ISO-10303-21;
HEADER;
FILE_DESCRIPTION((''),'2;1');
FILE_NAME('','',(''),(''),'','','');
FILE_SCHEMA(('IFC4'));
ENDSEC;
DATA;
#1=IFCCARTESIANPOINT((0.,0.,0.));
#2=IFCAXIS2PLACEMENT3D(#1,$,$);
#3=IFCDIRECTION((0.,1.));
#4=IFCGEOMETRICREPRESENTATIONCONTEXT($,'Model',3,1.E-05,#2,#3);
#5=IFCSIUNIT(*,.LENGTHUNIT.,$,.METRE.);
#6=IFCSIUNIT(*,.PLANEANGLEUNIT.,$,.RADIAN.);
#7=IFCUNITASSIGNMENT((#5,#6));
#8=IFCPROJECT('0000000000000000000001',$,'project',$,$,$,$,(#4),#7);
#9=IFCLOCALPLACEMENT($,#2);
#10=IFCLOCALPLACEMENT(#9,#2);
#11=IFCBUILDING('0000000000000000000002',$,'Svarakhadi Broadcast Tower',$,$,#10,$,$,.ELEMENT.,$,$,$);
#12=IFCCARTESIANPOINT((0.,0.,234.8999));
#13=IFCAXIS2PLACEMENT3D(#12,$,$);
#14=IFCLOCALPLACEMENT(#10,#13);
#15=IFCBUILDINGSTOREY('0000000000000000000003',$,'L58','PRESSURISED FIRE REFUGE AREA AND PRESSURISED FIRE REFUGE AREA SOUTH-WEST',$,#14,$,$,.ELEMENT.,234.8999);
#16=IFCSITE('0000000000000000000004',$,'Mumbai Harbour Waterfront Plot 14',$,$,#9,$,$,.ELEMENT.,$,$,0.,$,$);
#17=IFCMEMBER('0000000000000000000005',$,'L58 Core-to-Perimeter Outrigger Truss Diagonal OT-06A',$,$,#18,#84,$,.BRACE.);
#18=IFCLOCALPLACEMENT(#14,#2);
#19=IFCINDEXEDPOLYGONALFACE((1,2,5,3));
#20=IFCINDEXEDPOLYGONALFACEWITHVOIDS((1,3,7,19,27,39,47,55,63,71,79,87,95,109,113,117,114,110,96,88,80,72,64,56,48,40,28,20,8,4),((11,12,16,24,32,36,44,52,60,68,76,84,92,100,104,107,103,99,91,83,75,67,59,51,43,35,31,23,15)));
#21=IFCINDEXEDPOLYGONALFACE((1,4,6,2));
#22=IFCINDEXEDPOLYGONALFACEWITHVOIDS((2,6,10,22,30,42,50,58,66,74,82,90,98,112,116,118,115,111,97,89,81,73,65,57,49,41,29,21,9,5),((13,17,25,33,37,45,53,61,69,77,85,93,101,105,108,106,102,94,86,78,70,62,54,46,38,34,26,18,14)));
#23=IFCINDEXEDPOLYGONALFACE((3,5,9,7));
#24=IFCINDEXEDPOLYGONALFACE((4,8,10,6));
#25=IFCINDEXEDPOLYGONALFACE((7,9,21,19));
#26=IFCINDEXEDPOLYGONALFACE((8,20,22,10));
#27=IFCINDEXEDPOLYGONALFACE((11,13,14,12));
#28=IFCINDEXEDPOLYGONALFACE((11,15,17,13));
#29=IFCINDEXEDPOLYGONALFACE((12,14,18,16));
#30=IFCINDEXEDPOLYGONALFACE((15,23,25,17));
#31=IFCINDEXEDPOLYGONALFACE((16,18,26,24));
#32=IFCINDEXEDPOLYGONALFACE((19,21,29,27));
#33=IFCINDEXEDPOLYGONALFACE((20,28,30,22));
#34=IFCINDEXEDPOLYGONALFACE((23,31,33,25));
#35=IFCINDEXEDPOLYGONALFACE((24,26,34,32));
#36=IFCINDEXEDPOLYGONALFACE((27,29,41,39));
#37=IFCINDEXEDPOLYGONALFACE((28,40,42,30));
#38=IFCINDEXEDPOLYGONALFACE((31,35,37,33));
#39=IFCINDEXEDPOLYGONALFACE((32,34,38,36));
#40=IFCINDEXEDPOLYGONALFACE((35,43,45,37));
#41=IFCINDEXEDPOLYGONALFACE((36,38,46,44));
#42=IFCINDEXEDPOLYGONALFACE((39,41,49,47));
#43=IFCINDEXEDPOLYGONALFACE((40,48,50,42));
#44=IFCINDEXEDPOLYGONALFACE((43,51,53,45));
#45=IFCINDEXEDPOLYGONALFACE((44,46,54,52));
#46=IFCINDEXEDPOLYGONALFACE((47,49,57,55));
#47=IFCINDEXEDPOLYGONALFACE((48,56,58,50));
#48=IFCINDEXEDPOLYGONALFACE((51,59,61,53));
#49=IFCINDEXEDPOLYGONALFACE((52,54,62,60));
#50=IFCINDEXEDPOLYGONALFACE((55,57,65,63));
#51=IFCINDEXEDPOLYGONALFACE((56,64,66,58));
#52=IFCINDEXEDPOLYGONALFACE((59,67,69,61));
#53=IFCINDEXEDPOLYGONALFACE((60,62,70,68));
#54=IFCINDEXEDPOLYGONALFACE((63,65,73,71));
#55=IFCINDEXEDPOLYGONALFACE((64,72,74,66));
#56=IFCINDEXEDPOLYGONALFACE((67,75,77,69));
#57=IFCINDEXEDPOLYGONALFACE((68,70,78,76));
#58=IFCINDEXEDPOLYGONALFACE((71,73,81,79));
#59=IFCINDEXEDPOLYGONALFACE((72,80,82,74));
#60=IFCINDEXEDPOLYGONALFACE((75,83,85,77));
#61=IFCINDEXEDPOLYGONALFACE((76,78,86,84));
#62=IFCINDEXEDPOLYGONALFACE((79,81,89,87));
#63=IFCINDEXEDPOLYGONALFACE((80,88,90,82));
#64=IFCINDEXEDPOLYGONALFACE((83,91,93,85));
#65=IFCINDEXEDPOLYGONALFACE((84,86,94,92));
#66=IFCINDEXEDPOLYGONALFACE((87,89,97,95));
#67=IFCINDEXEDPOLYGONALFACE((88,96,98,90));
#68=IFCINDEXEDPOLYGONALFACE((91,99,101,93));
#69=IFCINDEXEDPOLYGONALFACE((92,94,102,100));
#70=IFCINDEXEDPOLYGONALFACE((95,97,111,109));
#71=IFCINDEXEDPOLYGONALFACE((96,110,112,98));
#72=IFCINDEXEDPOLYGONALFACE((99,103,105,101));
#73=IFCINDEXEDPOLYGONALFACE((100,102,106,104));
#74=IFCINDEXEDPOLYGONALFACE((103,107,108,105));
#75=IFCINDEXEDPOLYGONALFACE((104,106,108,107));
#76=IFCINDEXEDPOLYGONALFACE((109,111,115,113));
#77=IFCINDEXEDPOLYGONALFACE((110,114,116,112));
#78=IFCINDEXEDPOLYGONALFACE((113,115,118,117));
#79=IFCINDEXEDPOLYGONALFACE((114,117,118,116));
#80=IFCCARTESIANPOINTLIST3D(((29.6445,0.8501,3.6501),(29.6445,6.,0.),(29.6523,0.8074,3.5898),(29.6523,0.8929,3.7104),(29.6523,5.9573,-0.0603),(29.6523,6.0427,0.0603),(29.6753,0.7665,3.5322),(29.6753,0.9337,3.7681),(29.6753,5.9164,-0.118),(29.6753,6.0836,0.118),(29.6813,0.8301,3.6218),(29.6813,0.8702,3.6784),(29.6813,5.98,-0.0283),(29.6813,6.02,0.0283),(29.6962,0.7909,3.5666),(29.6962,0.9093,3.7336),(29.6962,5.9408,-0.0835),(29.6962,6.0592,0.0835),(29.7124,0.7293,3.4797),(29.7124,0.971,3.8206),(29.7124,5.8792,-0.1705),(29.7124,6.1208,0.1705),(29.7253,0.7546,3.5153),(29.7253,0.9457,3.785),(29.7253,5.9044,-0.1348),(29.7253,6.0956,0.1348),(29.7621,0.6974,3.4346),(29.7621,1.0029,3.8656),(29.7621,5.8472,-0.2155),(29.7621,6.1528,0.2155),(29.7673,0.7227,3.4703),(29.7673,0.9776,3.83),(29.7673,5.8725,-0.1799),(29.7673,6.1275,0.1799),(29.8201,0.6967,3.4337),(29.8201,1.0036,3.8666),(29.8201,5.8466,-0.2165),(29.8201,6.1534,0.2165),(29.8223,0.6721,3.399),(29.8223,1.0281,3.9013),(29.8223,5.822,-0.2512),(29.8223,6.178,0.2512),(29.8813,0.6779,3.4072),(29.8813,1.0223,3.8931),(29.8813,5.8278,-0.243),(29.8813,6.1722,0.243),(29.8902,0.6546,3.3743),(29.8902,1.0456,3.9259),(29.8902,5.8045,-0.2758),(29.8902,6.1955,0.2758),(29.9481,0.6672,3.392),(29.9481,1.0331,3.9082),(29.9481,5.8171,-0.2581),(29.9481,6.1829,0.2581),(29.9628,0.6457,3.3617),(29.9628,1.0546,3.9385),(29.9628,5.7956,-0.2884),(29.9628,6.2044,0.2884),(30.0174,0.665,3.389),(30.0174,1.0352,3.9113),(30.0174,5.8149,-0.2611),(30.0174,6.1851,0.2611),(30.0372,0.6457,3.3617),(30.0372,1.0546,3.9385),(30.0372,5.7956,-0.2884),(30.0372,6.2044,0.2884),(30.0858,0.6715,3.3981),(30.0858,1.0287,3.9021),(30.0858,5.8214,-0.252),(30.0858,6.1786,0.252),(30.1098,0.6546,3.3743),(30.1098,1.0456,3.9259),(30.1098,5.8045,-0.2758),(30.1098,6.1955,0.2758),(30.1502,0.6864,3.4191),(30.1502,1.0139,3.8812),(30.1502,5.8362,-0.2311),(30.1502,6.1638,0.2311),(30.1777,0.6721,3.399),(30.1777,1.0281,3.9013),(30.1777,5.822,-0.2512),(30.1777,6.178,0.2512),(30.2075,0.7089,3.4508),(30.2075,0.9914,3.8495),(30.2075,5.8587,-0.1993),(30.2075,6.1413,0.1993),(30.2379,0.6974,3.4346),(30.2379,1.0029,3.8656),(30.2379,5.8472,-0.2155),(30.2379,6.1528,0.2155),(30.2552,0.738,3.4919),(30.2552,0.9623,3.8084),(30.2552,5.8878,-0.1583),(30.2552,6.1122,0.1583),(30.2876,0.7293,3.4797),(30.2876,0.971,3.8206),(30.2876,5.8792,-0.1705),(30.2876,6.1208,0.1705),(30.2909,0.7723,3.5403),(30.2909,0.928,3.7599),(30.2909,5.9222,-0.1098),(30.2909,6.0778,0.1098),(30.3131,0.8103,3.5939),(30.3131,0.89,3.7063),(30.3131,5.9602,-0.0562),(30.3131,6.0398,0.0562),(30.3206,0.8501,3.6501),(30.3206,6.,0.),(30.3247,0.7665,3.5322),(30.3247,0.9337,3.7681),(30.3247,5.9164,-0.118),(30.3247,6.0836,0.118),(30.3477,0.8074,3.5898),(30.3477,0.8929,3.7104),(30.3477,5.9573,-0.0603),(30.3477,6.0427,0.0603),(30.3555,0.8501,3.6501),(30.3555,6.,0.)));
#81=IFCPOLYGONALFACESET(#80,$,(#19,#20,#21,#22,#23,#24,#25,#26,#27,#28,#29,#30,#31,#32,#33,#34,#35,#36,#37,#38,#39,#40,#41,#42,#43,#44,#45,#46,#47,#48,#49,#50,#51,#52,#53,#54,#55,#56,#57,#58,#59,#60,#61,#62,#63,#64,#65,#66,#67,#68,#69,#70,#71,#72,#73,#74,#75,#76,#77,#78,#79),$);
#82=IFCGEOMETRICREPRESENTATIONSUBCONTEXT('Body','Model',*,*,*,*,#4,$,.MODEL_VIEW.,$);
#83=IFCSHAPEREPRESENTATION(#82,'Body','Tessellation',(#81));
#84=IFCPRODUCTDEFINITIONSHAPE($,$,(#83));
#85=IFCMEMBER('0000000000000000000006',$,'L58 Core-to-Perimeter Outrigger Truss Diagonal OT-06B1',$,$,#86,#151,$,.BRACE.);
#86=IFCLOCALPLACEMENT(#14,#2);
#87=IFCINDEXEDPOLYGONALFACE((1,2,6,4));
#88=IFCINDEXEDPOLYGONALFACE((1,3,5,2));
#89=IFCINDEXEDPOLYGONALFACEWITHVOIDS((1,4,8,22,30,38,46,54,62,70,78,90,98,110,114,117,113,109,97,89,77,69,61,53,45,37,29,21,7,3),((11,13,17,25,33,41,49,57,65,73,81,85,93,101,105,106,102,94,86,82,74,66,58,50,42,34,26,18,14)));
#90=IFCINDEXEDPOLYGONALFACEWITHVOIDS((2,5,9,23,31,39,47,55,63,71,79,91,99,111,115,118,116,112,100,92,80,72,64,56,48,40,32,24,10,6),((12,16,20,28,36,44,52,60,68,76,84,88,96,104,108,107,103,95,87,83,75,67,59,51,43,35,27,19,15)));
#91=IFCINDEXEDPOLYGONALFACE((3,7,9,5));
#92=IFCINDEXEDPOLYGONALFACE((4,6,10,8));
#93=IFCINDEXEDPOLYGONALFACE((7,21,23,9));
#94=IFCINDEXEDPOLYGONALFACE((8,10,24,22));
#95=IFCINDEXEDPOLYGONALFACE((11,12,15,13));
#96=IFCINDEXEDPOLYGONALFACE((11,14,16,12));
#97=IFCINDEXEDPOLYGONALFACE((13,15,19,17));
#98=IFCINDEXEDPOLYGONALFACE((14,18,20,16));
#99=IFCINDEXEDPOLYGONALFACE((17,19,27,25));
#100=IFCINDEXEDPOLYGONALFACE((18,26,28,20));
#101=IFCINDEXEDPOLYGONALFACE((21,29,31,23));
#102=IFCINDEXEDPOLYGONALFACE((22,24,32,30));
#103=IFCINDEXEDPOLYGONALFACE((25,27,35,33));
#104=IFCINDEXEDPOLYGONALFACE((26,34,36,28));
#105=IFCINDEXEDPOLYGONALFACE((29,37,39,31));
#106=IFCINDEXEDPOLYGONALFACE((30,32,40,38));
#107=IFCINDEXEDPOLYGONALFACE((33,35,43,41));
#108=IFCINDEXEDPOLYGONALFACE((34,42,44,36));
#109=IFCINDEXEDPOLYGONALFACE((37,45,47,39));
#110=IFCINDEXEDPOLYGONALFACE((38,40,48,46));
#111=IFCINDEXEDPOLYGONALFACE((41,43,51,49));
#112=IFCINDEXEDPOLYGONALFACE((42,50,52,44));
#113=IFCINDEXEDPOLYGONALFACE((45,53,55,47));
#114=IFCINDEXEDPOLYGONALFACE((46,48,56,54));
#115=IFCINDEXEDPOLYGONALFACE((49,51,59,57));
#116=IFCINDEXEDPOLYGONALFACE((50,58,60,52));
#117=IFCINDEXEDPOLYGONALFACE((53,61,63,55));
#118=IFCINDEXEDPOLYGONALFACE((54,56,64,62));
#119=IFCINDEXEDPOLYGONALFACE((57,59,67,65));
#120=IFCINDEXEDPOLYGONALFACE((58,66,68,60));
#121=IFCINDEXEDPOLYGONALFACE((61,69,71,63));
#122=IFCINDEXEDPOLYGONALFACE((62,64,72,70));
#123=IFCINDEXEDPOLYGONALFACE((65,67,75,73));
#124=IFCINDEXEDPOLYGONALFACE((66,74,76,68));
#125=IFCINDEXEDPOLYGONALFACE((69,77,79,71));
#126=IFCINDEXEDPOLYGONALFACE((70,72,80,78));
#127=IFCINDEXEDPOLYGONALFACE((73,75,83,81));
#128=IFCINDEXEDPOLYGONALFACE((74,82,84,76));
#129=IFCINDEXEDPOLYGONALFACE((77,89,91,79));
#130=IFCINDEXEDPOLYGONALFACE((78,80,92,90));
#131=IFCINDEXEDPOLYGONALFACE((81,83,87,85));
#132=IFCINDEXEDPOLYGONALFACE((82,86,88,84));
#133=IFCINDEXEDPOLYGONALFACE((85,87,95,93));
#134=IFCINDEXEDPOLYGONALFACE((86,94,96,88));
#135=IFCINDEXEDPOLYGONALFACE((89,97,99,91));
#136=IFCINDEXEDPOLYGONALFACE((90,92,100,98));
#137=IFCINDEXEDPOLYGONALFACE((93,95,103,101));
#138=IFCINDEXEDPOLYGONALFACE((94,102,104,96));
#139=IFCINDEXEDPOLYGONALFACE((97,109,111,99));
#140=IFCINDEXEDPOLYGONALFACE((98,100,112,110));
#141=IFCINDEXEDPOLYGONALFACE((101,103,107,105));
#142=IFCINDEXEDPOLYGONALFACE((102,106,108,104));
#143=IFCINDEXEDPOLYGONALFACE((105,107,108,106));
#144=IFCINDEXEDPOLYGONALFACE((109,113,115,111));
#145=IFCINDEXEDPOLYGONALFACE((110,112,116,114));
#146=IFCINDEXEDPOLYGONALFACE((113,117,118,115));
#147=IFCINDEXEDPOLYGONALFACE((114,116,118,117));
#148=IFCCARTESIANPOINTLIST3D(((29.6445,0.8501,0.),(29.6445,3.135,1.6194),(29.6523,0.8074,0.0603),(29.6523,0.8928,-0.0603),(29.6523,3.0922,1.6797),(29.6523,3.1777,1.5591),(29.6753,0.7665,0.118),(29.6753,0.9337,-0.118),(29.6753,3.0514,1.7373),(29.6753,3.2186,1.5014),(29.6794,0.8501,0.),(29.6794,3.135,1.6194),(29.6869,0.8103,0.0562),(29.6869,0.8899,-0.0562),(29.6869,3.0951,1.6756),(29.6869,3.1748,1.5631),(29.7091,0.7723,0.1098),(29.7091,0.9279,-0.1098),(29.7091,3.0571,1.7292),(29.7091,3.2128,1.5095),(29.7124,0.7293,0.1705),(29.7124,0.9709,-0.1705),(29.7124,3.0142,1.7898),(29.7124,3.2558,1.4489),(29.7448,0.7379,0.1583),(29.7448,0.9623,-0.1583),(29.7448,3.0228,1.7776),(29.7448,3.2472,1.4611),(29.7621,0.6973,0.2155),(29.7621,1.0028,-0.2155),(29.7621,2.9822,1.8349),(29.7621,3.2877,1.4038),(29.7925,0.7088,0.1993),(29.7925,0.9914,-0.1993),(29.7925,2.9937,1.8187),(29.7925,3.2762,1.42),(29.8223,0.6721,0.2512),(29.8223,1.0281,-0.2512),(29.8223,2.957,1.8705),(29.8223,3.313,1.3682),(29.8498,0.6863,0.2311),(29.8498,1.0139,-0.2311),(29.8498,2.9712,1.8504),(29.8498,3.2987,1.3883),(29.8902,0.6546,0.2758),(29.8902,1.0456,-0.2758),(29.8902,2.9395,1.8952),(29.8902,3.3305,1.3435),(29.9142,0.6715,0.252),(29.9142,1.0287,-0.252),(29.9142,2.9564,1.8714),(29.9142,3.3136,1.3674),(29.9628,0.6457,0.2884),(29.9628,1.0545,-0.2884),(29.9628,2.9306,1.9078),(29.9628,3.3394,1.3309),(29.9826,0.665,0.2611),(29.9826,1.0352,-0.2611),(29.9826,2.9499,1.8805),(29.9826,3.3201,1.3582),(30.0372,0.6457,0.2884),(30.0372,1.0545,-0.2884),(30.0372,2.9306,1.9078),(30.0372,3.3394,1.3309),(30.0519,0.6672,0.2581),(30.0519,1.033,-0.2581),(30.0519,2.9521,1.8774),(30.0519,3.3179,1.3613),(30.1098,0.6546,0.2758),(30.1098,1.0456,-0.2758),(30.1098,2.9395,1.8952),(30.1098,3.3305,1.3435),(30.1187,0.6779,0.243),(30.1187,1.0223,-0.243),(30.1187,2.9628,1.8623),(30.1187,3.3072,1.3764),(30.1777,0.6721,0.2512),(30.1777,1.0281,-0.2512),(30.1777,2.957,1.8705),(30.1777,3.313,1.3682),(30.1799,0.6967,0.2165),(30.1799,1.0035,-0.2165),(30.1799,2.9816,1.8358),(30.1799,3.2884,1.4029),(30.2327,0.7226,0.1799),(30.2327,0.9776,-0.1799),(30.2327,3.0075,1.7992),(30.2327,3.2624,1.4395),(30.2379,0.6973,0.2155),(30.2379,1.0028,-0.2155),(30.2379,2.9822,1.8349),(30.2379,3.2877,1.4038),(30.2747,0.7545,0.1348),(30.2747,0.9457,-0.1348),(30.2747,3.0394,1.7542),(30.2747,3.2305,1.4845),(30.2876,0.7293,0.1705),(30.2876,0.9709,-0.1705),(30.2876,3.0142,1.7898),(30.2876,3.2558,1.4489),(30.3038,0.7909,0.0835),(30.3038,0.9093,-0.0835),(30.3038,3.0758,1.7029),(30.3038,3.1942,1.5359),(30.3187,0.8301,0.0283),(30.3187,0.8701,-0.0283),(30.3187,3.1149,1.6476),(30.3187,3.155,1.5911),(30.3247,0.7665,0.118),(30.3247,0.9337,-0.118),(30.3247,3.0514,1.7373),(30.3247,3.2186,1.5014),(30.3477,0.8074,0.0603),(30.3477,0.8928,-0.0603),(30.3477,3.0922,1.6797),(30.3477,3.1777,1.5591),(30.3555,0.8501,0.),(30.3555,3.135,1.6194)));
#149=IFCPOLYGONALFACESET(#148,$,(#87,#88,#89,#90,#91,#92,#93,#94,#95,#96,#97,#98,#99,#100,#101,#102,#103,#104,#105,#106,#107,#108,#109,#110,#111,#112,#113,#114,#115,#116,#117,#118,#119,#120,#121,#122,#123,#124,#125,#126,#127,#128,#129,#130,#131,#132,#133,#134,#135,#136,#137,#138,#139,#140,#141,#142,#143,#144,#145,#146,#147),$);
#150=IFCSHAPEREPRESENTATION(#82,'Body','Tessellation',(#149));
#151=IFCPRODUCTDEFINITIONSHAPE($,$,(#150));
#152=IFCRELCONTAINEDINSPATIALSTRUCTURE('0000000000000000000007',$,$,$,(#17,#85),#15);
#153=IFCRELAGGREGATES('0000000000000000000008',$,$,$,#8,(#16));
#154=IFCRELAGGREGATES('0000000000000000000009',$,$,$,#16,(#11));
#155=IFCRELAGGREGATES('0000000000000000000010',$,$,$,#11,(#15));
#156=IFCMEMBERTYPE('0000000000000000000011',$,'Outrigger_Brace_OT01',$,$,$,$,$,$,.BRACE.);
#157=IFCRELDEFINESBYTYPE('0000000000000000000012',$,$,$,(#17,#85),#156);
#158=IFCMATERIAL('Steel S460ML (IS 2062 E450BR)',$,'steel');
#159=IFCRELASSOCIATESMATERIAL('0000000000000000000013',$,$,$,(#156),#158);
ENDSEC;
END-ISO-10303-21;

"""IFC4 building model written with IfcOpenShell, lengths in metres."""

from ifc_helpers import new_model, si_unit, direction, frame, origin, origin_2d, place, context, subcontext, project, spatial, hollow_circle, extrude, material, material_profile, profile_set, type_object, element, save


model = new_model("IFC4")

# Units and contexts
model_context = context("Model", 3, precision=1e-05, world=origin(), true_north=direction((0.0, 1.0)))
body_context = subcontext(model_context, "Body", "Model", "MODEL_VIEW")
ifc_project = project(units=[si_unit("LENGTHUNIT", "METRE"), si_unit("PLANEANGLEUNIT", "RADIAN")], contexts=[model_context])

# Site, building, storey
site_placement = place(None, origin())
site = spatial("IfcSite", under=ifc_project, at=site_placement, Name="Mumbai Harbour Waterfront Plot 14", CompositionType="ELEMENT", RefElevation=0.0)
building_placement = place(site_placement, origin())
building = spatial("IfcBuilding", under=site, at=building_placement, Name="Svarakhadi Broadcast Tower", CompositionType="ELEMENT")
storey_placement = place(building_placement, frame((0.0, 0.0, 234.8999)))
storey = spatial("IfcBuildingStorey", under=building, at=storey_placement, Name="L58", Description="PRESSURISED FIRE REFUGE AREA AND PRESSURISED FIRE REFUGE AREA SOUTH-WEST", CompositionType="ELEMENT", Elevation=234.8999)

# Shared definitions
ifc_material_1 = material(Name="Steel S460ML (IS 2062 E450BR)", Category="steel")

# Members
ifc_material_profile_1 = material_profile(ifc_material_1, hollow_circle(Radius=0.3555, WallThickness=0.0349, at=origin_2d()), Name="CHS 711x35")
ifc_profile_set_1 = profile_set([ifc_material_profile_1], Name="Steel S460ML (IS 2062 E450BR)")
member_type_1 = type_object("IfcMemberType", Name="Outrigger_Brace_OT01", PredefinedType="BRACE", material=ifc_profile_set_1)
member_1_placement = place(storey_placement, frame((30.0, 6.0, 0.0), z_axis=(0.0, -0.815853, 0.57826), x_axis=(1.0, 0.0, 0.0)))
element("IfcMember", 1, at=member_1_placement, inside=storey, type_object=member_type_1, Name="L58 Core-to-Perimeter Outrigger Truss Diagonal OT-06A", PredefinedType="BRACE", context=body_context, shape_type="SweptSolid", body=[
    extrude(hollow_circle(Radius=0.3555, WallThickness=0.0349, at=origin_2d()), origin(), (0.0, 0.0, 1.0), 6.3123),
])
for number, where, z_axis, x_axis, name in (
    (2, (30.0, 0.8501, 0.0), (0.0, 0.815872, 0.578233), (-1.0, 0.0, 0.0), "L58 Core-to-Perimeter Outrigger Truss Diagonal OT-06B1"),
):
    element("IfcMember", number, at=place(storey_placement, frame(where, z_axis=z_axis, x_axis=x_axis)), inside=storey, type_object=member_type_1, Name=name, PredefinedType="BRACE", context=body_context, shape_type="SweptSolid", body=[
        extrude(hollow_circle(Radius=0.3555, WallThickness=0.0349, at=origin_2d()), origin(), (0.0, 0.0, 1.0), 2.8005),
    ])

save(model, "model.ifc")
